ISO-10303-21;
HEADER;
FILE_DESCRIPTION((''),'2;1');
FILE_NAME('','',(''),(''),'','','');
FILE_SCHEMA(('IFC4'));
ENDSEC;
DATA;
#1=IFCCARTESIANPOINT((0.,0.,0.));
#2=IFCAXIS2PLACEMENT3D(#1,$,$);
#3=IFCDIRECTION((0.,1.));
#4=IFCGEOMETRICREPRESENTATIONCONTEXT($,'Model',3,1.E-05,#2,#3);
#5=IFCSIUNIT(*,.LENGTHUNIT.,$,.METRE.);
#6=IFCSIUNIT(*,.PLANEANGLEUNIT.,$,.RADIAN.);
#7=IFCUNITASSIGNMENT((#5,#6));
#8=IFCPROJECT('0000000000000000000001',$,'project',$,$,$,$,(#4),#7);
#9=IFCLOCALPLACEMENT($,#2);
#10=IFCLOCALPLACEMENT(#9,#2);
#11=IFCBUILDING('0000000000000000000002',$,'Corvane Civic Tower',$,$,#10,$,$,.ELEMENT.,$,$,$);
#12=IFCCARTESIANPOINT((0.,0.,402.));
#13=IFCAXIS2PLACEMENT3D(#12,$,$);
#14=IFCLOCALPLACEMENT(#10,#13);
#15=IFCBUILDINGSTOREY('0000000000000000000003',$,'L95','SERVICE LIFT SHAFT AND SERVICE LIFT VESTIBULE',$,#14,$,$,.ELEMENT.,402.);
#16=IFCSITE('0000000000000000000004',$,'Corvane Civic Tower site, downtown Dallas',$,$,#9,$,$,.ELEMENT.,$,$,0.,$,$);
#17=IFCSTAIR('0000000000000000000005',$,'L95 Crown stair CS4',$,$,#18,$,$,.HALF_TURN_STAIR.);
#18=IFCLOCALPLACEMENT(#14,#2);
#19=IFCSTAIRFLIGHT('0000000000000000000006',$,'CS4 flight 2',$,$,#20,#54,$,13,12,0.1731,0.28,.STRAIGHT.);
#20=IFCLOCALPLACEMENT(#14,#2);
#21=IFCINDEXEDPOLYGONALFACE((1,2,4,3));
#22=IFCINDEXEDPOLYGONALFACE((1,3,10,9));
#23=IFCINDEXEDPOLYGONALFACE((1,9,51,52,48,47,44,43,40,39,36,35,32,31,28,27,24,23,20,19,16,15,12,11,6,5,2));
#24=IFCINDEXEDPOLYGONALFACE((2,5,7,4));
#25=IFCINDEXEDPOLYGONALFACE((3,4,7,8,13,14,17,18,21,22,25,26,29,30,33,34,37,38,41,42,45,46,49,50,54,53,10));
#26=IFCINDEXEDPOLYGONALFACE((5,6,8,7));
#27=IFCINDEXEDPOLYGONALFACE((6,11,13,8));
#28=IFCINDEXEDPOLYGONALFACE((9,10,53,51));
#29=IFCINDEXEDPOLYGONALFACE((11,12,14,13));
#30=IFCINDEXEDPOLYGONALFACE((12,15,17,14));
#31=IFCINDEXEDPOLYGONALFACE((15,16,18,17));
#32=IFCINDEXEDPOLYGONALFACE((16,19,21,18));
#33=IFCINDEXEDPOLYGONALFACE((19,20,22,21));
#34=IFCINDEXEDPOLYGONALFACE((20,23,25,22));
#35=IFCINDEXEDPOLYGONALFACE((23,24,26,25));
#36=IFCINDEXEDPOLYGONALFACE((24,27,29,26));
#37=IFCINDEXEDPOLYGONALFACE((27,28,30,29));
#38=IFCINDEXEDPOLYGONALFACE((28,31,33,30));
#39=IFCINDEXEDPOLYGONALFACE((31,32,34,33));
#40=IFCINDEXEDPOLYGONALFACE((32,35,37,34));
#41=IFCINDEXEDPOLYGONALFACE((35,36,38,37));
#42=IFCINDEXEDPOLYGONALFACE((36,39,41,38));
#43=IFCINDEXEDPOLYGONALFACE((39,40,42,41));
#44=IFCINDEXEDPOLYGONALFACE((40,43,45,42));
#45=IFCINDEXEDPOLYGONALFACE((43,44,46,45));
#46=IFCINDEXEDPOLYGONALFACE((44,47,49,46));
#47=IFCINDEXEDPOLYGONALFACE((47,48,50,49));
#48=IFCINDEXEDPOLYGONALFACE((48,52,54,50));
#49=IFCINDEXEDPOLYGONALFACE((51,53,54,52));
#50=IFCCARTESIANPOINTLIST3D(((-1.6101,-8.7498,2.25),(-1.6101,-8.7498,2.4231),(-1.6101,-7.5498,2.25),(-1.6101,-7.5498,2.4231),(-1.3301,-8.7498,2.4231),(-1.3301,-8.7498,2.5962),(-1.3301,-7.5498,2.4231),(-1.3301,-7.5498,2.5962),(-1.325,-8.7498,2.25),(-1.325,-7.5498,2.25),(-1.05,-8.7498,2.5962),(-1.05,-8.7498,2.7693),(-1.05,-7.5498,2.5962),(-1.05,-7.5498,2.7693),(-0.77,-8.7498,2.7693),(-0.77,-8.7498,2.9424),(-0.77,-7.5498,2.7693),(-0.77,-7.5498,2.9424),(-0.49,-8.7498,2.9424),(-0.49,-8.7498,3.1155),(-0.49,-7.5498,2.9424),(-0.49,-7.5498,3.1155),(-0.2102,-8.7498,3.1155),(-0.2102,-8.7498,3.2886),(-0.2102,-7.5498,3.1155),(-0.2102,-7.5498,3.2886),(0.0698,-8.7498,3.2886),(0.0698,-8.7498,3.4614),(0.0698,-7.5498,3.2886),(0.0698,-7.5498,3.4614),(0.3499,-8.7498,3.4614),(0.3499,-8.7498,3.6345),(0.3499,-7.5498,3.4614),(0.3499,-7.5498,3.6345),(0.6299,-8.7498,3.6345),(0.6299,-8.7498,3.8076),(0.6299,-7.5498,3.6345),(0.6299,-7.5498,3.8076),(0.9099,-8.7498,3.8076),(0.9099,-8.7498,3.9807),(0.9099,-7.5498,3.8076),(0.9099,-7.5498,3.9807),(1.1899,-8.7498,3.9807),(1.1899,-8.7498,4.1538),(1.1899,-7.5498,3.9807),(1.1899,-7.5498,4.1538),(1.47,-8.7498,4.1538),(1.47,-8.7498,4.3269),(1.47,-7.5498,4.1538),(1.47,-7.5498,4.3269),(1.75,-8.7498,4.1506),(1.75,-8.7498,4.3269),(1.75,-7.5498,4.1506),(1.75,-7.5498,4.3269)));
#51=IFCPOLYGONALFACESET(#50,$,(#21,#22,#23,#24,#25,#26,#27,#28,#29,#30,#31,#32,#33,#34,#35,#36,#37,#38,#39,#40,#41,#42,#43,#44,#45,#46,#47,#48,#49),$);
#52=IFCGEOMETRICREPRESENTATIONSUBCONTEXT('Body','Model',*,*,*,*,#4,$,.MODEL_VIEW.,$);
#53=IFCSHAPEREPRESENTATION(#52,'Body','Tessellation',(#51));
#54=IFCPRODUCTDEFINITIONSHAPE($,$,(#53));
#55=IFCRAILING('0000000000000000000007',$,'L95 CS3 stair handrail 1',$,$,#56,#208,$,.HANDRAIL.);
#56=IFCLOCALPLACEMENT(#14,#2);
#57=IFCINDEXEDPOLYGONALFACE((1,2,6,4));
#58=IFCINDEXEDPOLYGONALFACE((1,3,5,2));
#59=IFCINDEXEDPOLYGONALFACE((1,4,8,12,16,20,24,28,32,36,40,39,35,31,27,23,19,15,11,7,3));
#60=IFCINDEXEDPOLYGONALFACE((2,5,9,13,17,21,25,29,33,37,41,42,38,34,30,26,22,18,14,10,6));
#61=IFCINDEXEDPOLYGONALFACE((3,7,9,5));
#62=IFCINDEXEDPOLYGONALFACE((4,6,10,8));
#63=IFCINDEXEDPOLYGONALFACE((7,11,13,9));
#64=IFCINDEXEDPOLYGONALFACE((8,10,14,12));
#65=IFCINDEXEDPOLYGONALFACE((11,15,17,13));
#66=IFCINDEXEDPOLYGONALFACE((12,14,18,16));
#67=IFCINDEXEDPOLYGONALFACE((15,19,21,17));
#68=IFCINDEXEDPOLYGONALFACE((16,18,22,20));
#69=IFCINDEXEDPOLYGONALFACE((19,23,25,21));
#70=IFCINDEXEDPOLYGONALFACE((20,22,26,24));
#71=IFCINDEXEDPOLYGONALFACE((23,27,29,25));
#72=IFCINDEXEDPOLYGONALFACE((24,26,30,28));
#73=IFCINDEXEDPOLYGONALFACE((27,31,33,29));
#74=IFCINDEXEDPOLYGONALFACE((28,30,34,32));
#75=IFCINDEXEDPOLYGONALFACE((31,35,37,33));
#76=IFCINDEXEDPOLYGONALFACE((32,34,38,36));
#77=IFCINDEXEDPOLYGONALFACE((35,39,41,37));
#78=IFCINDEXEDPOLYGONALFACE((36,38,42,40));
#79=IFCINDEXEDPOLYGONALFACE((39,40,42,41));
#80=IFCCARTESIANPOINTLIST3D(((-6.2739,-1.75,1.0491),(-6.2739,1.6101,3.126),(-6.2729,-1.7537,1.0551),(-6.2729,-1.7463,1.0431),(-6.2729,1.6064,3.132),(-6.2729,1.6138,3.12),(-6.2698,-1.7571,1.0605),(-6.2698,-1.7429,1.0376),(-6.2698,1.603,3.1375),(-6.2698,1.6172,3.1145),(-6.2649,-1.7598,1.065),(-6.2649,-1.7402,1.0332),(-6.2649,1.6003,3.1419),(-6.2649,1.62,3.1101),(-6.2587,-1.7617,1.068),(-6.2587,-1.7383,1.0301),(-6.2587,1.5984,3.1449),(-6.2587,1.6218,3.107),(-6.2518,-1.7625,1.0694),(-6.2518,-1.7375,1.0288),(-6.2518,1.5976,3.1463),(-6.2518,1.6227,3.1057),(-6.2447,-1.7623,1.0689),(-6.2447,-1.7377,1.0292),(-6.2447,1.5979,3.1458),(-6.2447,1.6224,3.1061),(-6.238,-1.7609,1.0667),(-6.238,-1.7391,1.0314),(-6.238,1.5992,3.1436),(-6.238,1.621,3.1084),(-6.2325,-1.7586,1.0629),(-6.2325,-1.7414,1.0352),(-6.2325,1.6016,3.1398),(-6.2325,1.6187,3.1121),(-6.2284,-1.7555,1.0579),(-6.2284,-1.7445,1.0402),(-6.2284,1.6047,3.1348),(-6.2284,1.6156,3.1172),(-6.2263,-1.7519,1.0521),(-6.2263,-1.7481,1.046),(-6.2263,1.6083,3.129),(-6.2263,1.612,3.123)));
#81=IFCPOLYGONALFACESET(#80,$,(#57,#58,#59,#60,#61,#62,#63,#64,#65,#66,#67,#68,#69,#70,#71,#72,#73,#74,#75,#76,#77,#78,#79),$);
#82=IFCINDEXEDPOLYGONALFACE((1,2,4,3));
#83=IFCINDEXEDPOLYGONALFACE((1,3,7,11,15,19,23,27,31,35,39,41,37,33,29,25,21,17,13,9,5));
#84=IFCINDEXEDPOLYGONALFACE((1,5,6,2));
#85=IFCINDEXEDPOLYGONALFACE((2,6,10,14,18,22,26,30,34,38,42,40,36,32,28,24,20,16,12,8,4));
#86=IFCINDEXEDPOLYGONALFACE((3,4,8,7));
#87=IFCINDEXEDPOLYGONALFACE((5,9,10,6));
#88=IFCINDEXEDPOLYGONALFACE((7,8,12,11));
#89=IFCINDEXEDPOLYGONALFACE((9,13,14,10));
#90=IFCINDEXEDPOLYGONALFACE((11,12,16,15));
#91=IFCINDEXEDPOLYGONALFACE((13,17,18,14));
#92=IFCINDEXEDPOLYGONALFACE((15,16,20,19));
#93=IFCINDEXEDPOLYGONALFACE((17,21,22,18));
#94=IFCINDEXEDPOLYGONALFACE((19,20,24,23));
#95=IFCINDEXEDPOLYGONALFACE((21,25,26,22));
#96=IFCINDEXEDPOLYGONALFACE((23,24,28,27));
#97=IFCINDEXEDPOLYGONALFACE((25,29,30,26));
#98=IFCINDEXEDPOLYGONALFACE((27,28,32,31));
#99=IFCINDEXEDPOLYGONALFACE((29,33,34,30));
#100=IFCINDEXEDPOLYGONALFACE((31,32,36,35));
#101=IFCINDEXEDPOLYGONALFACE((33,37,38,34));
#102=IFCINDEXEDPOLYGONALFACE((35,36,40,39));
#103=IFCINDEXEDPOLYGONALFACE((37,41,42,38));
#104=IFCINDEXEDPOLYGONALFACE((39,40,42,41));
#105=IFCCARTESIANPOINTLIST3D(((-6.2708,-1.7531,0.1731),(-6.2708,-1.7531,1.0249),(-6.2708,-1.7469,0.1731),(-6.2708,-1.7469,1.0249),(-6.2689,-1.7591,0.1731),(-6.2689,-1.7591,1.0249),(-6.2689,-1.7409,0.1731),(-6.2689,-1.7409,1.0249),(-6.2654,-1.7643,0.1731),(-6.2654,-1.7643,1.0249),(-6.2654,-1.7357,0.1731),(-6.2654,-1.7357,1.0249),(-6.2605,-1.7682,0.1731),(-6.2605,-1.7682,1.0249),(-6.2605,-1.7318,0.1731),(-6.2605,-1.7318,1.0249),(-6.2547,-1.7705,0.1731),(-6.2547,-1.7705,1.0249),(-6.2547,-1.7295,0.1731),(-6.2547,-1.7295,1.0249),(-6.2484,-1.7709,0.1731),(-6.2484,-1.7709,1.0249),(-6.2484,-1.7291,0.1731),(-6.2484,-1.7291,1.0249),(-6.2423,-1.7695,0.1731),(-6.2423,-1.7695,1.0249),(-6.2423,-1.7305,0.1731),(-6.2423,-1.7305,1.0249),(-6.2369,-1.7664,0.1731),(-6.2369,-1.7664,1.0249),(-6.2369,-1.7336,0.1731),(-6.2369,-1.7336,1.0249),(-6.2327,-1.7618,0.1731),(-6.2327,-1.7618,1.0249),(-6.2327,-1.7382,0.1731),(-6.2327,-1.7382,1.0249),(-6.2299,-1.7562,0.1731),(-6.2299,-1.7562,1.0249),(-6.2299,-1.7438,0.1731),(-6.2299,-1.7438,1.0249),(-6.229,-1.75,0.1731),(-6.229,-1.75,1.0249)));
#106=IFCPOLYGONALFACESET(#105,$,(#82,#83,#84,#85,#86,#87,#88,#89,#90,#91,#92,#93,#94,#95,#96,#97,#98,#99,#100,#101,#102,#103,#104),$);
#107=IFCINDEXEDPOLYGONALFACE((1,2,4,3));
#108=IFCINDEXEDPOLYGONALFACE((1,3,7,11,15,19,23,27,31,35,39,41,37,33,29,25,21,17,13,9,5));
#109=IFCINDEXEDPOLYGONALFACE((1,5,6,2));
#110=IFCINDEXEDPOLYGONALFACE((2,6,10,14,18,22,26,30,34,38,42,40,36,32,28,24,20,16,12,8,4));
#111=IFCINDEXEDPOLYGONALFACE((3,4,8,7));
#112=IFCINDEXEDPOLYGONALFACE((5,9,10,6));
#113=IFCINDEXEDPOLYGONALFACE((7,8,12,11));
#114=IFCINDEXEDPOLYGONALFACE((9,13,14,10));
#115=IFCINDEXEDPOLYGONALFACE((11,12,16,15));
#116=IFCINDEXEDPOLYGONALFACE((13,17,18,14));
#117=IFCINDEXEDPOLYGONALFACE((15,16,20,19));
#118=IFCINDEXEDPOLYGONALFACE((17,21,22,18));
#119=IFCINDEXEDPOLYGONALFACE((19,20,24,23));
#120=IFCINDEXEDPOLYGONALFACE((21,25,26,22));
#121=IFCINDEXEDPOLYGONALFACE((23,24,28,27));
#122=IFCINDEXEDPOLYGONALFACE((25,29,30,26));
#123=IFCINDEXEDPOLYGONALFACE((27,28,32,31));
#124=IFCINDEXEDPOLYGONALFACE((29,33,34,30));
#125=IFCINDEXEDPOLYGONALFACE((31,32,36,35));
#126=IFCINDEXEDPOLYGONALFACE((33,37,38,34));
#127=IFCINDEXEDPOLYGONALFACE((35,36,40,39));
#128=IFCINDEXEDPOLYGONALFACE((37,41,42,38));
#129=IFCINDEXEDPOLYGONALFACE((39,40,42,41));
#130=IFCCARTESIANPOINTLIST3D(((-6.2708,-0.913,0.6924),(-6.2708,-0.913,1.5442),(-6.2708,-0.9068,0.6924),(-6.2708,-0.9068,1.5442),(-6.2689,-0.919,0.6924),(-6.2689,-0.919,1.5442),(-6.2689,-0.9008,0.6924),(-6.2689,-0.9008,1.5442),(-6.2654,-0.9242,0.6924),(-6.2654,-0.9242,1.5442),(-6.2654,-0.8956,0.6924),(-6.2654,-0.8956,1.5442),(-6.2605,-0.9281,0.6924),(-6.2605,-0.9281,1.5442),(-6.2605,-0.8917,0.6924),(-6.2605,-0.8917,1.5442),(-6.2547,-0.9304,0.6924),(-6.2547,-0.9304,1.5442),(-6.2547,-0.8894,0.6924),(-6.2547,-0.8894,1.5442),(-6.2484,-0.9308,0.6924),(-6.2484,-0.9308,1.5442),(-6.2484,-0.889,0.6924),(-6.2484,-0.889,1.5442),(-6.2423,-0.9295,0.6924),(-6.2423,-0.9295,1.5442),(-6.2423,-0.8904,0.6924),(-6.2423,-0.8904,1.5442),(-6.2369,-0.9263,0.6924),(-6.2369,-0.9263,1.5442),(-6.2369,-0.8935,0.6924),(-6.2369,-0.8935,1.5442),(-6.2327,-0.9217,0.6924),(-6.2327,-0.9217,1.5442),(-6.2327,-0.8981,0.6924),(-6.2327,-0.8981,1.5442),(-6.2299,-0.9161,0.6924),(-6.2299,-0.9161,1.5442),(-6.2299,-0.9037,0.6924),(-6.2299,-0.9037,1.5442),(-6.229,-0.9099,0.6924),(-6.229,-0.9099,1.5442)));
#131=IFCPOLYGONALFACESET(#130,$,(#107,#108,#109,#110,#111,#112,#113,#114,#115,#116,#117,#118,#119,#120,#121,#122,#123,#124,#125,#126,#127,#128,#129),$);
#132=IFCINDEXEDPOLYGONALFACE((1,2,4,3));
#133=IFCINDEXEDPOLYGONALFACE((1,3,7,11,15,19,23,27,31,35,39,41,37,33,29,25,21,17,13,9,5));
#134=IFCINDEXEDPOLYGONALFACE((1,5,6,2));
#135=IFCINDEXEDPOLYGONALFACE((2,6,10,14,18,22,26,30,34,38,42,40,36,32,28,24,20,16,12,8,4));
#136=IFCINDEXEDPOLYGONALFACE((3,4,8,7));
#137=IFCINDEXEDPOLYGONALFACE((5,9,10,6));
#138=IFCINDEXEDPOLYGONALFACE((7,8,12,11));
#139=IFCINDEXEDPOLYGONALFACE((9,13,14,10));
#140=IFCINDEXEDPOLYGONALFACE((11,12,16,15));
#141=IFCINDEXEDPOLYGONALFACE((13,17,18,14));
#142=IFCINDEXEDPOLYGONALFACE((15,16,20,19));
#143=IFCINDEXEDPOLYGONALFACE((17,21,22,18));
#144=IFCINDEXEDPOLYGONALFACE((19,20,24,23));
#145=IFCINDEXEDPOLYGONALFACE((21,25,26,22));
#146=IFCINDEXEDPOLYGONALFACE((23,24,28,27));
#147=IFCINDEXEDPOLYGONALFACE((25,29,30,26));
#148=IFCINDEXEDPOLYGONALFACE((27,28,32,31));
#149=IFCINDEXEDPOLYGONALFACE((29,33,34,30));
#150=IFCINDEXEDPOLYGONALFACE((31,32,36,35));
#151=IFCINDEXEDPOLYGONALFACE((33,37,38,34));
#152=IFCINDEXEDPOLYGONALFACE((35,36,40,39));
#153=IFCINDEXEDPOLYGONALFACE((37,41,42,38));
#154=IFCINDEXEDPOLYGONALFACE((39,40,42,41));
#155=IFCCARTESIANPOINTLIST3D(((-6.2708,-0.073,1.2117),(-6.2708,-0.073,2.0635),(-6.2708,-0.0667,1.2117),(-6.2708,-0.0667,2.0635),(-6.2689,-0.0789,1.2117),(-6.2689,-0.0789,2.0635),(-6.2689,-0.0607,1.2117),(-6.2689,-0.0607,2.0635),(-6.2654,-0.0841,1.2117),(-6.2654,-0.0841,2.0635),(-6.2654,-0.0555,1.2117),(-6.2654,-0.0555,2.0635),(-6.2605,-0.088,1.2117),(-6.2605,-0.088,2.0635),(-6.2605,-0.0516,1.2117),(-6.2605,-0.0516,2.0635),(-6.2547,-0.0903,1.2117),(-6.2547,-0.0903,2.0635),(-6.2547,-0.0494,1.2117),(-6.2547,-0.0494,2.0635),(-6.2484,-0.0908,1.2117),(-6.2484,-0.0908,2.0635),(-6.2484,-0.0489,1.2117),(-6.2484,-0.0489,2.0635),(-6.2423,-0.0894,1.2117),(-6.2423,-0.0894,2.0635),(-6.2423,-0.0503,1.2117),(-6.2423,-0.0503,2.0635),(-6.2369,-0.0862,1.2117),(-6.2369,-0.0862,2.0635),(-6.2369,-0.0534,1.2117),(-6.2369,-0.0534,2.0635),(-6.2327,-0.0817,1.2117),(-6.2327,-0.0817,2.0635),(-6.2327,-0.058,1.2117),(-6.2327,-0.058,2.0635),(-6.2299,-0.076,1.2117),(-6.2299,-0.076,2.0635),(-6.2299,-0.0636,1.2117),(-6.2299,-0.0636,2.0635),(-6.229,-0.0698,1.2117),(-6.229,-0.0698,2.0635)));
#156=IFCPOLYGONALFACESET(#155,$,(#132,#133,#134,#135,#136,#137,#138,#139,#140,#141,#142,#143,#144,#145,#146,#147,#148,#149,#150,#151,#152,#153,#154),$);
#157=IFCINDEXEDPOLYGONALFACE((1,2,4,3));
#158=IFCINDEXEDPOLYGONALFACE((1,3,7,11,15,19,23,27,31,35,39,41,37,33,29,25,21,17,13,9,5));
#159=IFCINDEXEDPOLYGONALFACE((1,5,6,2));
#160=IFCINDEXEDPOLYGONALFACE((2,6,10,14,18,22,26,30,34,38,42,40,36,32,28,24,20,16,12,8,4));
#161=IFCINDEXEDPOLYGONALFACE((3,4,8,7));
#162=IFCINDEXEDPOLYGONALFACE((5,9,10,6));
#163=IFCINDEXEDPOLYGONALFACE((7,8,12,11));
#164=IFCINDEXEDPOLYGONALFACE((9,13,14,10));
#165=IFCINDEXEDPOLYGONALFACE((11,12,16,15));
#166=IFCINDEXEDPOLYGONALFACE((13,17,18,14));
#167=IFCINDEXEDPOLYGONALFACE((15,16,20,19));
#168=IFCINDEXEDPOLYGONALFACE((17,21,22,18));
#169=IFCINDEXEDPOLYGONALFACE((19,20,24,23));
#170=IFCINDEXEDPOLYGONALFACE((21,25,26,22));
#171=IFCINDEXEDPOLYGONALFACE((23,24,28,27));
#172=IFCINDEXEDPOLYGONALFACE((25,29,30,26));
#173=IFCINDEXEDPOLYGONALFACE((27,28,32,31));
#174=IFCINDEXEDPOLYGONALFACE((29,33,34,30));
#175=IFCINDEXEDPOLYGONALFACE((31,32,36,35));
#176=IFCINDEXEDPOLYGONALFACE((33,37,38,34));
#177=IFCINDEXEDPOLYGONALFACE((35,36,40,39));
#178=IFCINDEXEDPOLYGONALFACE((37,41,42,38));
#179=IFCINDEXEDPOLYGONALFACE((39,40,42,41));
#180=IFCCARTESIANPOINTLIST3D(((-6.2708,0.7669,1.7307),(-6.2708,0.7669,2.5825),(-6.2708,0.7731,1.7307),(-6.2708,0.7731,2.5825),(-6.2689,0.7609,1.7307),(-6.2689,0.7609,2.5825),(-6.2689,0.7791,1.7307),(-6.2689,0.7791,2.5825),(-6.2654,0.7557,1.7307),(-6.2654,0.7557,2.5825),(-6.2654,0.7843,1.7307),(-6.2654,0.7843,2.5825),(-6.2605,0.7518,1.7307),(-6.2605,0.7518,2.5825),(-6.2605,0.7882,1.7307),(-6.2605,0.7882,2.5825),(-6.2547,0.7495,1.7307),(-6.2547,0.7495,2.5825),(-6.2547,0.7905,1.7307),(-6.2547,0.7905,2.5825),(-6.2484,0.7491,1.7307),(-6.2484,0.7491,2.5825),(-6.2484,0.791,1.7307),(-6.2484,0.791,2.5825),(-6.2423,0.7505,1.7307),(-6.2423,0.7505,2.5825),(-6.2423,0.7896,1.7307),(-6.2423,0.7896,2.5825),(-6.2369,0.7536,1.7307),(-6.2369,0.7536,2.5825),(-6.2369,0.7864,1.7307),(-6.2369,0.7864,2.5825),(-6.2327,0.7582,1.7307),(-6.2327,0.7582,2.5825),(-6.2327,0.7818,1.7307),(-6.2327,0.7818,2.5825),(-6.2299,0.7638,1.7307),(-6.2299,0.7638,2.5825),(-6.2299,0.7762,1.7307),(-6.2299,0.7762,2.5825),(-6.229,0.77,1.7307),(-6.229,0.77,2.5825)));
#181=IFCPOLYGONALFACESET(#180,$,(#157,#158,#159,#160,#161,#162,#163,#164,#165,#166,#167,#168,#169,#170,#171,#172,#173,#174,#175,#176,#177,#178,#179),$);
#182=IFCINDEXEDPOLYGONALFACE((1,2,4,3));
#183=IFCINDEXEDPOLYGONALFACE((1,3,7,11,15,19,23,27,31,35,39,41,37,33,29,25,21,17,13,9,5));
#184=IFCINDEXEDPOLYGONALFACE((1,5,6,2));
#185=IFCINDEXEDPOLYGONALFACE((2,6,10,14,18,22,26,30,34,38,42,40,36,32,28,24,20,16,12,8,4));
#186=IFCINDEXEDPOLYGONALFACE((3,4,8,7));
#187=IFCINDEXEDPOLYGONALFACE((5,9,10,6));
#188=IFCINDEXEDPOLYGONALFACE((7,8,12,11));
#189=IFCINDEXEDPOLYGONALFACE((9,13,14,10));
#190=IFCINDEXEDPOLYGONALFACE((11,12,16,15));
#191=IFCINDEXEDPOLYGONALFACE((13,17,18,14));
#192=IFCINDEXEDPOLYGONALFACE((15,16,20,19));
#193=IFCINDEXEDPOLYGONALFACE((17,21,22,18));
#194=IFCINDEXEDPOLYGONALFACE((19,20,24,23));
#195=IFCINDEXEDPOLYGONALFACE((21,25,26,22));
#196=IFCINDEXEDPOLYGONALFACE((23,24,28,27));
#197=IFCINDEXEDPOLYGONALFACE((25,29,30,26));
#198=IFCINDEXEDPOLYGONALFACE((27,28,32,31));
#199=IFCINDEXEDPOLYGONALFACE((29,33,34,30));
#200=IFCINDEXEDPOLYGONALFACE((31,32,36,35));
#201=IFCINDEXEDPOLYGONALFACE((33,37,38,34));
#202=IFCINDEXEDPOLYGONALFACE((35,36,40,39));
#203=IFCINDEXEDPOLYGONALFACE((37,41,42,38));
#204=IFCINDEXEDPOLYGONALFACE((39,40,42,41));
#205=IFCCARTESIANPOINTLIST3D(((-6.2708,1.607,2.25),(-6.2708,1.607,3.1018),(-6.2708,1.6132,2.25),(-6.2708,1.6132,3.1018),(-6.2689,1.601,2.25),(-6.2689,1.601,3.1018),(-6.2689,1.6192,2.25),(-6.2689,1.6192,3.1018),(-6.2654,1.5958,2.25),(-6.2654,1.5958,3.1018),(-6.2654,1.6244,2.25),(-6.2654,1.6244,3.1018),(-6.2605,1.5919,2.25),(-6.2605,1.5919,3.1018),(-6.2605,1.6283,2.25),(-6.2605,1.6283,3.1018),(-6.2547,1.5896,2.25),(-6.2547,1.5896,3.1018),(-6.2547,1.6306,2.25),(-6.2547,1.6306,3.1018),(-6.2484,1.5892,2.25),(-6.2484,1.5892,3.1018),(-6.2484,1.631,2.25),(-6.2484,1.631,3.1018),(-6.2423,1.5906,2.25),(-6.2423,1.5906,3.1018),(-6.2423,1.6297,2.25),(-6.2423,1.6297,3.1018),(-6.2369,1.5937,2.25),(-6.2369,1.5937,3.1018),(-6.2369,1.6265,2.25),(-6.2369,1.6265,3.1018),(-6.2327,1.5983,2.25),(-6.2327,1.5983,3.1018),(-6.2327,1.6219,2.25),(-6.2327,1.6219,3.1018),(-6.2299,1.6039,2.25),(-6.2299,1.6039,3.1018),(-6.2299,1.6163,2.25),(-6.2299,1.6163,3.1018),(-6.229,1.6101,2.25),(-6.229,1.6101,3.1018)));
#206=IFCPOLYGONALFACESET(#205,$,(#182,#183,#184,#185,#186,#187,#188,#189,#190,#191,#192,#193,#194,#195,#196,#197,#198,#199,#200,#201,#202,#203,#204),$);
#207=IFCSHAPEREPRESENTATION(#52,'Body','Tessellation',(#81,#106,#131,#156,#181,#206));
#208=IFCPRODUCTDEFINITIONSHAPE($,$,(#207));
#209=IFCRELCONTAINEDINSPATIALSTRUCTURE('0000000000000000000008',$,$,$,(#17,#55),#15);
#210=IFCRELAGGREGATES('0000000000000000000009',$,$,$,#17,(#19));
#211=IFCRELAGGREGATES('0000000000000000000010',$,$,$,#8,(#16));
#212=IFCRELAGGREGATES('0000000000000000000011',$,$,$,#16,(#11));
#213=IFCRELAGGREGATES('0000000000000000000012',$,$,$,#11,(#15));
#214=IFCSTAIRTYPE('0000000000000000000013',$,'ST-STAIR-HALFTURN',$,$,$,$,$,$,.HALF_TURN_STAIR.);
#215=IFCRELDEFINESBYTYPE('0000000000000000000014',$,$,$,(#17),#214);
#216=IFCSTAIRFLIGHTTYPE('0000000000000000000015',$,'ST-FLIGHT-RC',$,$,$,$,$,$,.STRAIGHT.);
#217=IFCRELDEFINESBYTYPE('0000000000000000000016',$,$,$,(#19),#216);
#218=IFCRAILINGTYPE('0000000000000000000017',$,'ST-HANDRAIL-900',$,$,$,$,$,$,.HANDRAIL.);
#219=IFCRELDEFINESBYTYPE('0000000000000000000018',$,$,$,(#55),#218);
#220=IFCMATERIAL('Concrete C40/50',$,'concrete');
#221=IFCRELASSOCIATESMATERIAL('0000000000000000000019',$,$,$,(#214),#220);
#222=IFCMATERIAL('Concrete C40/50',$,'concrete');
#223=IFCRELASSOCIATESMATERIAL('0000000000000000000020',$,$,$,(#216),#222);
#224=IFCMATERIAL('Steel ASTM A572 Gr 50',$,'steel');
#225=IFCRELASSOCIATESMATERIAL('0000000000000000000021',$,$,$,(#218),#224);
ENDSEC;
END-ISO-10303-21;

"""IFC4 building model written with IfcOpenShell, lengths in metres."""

from ifc_helpers import new_model, si_unit, direction, frame, origin, origin_2d, place, context, subcontext, project, spatial, polyline, circle, outline, extrude, material, type_object, element, aggregate, save


model = new_model("IFC4")

# Units and contexts
model_context = context("Model", 3, precision=1e-05, world=origin(), true_north=direction((0.0, 1.0)))
body_context = subcontext(model_context, "Body", "Model", "MODEL_VIEW")
ifc_project = project(units=[si_unit("LENGTHUNIT", "METRE"), si_unit("PLANEANGLEUNIT", "RADIAN")], contexts=[model_context])

# Site, building, storey
site_placement = place(None, origin())
site = spatial("IfcSite", under=ifc_project, at=site_placement, Name="Corvane Civic Tower site, downtown Dallas", CompositionType="ELEMENT", RefElevation=0.0)
building_placement = place(site_placement, origin())
building = spatial("IfcBuilding", under=site, at=building_placement, Name="Corvane Civic Tower", CompositionType="ELEMENT")
storey_placement = place(building_placement, frame((0.0, 0.0, 402.0)))
storey = spatial("IfcBuildingStorey", under=building, at=storey_placement, Name="L95", Description="SERVICE LIFT SHAFT AND SERVICE LIFT VESTIBULE", CompositionType="ELEMENT", Elevation=402.0)

# Stair, stair flight
ifc_material_1 = material(Name="Concrete C40/50", Category="concrete")
stair_type = type_object("IfcStairType", Name="ST-STAIR-HALFTURN", PredefinedType="HALF_TURN_STAIR", material=ifc_material_1)
ifc_material_2 = material(Name="Concrete C40/50", Category="concrete")
stair_flight_type = type_object("IfcStairFlightType", Name="ST-FLIGHT-RC", PredefinedType="STRAIGHT", material=ifc_material_2)
stair_1_placement = place(storey_placement, origin())
stair_1 = element("IfcStair", 1, at=stair_1_placement, inside=storey, type_object=stair_type, Name="L95 Crown stair CS4", PredefinedType="HALF_TURN_STAIR")
stair_flight_1_placement = place(storey_placement, frame((-1.6101, -8.1499, 2.25), z_axis=(0.0, 0.0, 1.0), x_axis=(1.0, 0.0, 0.0)))
stair_flight_1 = element("IfcStairFlight", 2, at=stair_flight_1_placement, type_object=stair_flight_type, Name="CS4 flight 2", NumberOfRisers=13, NumberOfTreads=12, PredefinedType="STRAIGHT", RiserHeight=0.1731, TreadLength=0.28, context=body_context, shape_type="SweptSolid", body=[
    extrude(outline(polyline([(0.0, 0.0), (0.0, 0.1731), (0.28, 0.1731), (0.28, 0.3462), (0.5601, 0.3462), (0.5601, 0.5193), (0.8401, 0.5193), (0.8401, 0.6924), (1.1201, 0.6924), (1.1201, 0.8655), (1.3999, 0.8655), (1.3999, 1.0386), (1.6799, 1.0386), (1.6799, 1.2114), (1.96, 1.2114), (1.96, 1.3845), (2.24, 1.3845), (2.24, 1.5576), (2.52, 1.5576), (2.52, 1.7307), (2.8, 1.7307), (2.8, 1.9038), (3.0801, 1.9038), (3.0801, 2.0769), (3.3601, 2.0769), (3.3601, 2.25), (3.3601, 1.9006), (0.2852, 0.0), (0.0, 0.0)])), frame((0.0, 0.6001, 0.0), z_axis=(0.0, -1.0, 0.0), x_axis=(1.0, 0.0, 0.0)), (0.0, 0.0, 1.0), 1.2),
])
aggregate(stair_1, [stair_flight_1])

# Railing
ifc_material_3 = material(Name="Steel ASTM A572 Gr 50", Category="steel")
railing_type = type_object("IfcRailingType", Name="ST-HANDRAIL-900", PredefinedType="HANDRAIL", material=ifc_material_3)
railing_1_placement = place(storey_placement, frame((-6.25, -1.75, 0.1731)))
element("IfcRailing", 3, at=railing_1_placement, inside=storey, type_object=railing_type, Name="L95 CS3 stair handrail 1", PredefinedType="HANDRAIL", context=body_context, shape_type="SweptSolid", body=[
    extrude(circle(Radius=0.0239, at=origin_2d()), frame((0.0, 0.0, 0.876), z_axis=(0.0, 0.850623, 0.525776), x_axis=(-1.0, 0.0, 0.0)), (0.0, 0.0, 1.0), 3.9502),
    extrude(circle(Radius=0.021, at=origin_2d()), origin(), (0.0, 0.0, 1.0), 0.8518),
    extrude(circle(Radius=0.021, at=origin_2d()), frame((0.0, 0.8401, 0.5193)), (0.0, 0.0, 1.0), 0.8518),
    extrude(circle(Radius=0.021, at=origin_2d()), frame((0.0, 1.6802, 1.0386)), (0.0, 0.0, 1.0), 0.8518),
    extrude(circle(Radius=0.021, at=origin_2d()), frame((0.0, 2.52, 1.5576)), (0.0, 0.0, 1.0), 0.8518),
    extrude(circle(Radius=0.021, at=origin_2d()), frame((0.0, 3.3601, 2.0769)), (0.0, 0.0, 1.0), 0.8518),
])

save(model, "model.ifc")
